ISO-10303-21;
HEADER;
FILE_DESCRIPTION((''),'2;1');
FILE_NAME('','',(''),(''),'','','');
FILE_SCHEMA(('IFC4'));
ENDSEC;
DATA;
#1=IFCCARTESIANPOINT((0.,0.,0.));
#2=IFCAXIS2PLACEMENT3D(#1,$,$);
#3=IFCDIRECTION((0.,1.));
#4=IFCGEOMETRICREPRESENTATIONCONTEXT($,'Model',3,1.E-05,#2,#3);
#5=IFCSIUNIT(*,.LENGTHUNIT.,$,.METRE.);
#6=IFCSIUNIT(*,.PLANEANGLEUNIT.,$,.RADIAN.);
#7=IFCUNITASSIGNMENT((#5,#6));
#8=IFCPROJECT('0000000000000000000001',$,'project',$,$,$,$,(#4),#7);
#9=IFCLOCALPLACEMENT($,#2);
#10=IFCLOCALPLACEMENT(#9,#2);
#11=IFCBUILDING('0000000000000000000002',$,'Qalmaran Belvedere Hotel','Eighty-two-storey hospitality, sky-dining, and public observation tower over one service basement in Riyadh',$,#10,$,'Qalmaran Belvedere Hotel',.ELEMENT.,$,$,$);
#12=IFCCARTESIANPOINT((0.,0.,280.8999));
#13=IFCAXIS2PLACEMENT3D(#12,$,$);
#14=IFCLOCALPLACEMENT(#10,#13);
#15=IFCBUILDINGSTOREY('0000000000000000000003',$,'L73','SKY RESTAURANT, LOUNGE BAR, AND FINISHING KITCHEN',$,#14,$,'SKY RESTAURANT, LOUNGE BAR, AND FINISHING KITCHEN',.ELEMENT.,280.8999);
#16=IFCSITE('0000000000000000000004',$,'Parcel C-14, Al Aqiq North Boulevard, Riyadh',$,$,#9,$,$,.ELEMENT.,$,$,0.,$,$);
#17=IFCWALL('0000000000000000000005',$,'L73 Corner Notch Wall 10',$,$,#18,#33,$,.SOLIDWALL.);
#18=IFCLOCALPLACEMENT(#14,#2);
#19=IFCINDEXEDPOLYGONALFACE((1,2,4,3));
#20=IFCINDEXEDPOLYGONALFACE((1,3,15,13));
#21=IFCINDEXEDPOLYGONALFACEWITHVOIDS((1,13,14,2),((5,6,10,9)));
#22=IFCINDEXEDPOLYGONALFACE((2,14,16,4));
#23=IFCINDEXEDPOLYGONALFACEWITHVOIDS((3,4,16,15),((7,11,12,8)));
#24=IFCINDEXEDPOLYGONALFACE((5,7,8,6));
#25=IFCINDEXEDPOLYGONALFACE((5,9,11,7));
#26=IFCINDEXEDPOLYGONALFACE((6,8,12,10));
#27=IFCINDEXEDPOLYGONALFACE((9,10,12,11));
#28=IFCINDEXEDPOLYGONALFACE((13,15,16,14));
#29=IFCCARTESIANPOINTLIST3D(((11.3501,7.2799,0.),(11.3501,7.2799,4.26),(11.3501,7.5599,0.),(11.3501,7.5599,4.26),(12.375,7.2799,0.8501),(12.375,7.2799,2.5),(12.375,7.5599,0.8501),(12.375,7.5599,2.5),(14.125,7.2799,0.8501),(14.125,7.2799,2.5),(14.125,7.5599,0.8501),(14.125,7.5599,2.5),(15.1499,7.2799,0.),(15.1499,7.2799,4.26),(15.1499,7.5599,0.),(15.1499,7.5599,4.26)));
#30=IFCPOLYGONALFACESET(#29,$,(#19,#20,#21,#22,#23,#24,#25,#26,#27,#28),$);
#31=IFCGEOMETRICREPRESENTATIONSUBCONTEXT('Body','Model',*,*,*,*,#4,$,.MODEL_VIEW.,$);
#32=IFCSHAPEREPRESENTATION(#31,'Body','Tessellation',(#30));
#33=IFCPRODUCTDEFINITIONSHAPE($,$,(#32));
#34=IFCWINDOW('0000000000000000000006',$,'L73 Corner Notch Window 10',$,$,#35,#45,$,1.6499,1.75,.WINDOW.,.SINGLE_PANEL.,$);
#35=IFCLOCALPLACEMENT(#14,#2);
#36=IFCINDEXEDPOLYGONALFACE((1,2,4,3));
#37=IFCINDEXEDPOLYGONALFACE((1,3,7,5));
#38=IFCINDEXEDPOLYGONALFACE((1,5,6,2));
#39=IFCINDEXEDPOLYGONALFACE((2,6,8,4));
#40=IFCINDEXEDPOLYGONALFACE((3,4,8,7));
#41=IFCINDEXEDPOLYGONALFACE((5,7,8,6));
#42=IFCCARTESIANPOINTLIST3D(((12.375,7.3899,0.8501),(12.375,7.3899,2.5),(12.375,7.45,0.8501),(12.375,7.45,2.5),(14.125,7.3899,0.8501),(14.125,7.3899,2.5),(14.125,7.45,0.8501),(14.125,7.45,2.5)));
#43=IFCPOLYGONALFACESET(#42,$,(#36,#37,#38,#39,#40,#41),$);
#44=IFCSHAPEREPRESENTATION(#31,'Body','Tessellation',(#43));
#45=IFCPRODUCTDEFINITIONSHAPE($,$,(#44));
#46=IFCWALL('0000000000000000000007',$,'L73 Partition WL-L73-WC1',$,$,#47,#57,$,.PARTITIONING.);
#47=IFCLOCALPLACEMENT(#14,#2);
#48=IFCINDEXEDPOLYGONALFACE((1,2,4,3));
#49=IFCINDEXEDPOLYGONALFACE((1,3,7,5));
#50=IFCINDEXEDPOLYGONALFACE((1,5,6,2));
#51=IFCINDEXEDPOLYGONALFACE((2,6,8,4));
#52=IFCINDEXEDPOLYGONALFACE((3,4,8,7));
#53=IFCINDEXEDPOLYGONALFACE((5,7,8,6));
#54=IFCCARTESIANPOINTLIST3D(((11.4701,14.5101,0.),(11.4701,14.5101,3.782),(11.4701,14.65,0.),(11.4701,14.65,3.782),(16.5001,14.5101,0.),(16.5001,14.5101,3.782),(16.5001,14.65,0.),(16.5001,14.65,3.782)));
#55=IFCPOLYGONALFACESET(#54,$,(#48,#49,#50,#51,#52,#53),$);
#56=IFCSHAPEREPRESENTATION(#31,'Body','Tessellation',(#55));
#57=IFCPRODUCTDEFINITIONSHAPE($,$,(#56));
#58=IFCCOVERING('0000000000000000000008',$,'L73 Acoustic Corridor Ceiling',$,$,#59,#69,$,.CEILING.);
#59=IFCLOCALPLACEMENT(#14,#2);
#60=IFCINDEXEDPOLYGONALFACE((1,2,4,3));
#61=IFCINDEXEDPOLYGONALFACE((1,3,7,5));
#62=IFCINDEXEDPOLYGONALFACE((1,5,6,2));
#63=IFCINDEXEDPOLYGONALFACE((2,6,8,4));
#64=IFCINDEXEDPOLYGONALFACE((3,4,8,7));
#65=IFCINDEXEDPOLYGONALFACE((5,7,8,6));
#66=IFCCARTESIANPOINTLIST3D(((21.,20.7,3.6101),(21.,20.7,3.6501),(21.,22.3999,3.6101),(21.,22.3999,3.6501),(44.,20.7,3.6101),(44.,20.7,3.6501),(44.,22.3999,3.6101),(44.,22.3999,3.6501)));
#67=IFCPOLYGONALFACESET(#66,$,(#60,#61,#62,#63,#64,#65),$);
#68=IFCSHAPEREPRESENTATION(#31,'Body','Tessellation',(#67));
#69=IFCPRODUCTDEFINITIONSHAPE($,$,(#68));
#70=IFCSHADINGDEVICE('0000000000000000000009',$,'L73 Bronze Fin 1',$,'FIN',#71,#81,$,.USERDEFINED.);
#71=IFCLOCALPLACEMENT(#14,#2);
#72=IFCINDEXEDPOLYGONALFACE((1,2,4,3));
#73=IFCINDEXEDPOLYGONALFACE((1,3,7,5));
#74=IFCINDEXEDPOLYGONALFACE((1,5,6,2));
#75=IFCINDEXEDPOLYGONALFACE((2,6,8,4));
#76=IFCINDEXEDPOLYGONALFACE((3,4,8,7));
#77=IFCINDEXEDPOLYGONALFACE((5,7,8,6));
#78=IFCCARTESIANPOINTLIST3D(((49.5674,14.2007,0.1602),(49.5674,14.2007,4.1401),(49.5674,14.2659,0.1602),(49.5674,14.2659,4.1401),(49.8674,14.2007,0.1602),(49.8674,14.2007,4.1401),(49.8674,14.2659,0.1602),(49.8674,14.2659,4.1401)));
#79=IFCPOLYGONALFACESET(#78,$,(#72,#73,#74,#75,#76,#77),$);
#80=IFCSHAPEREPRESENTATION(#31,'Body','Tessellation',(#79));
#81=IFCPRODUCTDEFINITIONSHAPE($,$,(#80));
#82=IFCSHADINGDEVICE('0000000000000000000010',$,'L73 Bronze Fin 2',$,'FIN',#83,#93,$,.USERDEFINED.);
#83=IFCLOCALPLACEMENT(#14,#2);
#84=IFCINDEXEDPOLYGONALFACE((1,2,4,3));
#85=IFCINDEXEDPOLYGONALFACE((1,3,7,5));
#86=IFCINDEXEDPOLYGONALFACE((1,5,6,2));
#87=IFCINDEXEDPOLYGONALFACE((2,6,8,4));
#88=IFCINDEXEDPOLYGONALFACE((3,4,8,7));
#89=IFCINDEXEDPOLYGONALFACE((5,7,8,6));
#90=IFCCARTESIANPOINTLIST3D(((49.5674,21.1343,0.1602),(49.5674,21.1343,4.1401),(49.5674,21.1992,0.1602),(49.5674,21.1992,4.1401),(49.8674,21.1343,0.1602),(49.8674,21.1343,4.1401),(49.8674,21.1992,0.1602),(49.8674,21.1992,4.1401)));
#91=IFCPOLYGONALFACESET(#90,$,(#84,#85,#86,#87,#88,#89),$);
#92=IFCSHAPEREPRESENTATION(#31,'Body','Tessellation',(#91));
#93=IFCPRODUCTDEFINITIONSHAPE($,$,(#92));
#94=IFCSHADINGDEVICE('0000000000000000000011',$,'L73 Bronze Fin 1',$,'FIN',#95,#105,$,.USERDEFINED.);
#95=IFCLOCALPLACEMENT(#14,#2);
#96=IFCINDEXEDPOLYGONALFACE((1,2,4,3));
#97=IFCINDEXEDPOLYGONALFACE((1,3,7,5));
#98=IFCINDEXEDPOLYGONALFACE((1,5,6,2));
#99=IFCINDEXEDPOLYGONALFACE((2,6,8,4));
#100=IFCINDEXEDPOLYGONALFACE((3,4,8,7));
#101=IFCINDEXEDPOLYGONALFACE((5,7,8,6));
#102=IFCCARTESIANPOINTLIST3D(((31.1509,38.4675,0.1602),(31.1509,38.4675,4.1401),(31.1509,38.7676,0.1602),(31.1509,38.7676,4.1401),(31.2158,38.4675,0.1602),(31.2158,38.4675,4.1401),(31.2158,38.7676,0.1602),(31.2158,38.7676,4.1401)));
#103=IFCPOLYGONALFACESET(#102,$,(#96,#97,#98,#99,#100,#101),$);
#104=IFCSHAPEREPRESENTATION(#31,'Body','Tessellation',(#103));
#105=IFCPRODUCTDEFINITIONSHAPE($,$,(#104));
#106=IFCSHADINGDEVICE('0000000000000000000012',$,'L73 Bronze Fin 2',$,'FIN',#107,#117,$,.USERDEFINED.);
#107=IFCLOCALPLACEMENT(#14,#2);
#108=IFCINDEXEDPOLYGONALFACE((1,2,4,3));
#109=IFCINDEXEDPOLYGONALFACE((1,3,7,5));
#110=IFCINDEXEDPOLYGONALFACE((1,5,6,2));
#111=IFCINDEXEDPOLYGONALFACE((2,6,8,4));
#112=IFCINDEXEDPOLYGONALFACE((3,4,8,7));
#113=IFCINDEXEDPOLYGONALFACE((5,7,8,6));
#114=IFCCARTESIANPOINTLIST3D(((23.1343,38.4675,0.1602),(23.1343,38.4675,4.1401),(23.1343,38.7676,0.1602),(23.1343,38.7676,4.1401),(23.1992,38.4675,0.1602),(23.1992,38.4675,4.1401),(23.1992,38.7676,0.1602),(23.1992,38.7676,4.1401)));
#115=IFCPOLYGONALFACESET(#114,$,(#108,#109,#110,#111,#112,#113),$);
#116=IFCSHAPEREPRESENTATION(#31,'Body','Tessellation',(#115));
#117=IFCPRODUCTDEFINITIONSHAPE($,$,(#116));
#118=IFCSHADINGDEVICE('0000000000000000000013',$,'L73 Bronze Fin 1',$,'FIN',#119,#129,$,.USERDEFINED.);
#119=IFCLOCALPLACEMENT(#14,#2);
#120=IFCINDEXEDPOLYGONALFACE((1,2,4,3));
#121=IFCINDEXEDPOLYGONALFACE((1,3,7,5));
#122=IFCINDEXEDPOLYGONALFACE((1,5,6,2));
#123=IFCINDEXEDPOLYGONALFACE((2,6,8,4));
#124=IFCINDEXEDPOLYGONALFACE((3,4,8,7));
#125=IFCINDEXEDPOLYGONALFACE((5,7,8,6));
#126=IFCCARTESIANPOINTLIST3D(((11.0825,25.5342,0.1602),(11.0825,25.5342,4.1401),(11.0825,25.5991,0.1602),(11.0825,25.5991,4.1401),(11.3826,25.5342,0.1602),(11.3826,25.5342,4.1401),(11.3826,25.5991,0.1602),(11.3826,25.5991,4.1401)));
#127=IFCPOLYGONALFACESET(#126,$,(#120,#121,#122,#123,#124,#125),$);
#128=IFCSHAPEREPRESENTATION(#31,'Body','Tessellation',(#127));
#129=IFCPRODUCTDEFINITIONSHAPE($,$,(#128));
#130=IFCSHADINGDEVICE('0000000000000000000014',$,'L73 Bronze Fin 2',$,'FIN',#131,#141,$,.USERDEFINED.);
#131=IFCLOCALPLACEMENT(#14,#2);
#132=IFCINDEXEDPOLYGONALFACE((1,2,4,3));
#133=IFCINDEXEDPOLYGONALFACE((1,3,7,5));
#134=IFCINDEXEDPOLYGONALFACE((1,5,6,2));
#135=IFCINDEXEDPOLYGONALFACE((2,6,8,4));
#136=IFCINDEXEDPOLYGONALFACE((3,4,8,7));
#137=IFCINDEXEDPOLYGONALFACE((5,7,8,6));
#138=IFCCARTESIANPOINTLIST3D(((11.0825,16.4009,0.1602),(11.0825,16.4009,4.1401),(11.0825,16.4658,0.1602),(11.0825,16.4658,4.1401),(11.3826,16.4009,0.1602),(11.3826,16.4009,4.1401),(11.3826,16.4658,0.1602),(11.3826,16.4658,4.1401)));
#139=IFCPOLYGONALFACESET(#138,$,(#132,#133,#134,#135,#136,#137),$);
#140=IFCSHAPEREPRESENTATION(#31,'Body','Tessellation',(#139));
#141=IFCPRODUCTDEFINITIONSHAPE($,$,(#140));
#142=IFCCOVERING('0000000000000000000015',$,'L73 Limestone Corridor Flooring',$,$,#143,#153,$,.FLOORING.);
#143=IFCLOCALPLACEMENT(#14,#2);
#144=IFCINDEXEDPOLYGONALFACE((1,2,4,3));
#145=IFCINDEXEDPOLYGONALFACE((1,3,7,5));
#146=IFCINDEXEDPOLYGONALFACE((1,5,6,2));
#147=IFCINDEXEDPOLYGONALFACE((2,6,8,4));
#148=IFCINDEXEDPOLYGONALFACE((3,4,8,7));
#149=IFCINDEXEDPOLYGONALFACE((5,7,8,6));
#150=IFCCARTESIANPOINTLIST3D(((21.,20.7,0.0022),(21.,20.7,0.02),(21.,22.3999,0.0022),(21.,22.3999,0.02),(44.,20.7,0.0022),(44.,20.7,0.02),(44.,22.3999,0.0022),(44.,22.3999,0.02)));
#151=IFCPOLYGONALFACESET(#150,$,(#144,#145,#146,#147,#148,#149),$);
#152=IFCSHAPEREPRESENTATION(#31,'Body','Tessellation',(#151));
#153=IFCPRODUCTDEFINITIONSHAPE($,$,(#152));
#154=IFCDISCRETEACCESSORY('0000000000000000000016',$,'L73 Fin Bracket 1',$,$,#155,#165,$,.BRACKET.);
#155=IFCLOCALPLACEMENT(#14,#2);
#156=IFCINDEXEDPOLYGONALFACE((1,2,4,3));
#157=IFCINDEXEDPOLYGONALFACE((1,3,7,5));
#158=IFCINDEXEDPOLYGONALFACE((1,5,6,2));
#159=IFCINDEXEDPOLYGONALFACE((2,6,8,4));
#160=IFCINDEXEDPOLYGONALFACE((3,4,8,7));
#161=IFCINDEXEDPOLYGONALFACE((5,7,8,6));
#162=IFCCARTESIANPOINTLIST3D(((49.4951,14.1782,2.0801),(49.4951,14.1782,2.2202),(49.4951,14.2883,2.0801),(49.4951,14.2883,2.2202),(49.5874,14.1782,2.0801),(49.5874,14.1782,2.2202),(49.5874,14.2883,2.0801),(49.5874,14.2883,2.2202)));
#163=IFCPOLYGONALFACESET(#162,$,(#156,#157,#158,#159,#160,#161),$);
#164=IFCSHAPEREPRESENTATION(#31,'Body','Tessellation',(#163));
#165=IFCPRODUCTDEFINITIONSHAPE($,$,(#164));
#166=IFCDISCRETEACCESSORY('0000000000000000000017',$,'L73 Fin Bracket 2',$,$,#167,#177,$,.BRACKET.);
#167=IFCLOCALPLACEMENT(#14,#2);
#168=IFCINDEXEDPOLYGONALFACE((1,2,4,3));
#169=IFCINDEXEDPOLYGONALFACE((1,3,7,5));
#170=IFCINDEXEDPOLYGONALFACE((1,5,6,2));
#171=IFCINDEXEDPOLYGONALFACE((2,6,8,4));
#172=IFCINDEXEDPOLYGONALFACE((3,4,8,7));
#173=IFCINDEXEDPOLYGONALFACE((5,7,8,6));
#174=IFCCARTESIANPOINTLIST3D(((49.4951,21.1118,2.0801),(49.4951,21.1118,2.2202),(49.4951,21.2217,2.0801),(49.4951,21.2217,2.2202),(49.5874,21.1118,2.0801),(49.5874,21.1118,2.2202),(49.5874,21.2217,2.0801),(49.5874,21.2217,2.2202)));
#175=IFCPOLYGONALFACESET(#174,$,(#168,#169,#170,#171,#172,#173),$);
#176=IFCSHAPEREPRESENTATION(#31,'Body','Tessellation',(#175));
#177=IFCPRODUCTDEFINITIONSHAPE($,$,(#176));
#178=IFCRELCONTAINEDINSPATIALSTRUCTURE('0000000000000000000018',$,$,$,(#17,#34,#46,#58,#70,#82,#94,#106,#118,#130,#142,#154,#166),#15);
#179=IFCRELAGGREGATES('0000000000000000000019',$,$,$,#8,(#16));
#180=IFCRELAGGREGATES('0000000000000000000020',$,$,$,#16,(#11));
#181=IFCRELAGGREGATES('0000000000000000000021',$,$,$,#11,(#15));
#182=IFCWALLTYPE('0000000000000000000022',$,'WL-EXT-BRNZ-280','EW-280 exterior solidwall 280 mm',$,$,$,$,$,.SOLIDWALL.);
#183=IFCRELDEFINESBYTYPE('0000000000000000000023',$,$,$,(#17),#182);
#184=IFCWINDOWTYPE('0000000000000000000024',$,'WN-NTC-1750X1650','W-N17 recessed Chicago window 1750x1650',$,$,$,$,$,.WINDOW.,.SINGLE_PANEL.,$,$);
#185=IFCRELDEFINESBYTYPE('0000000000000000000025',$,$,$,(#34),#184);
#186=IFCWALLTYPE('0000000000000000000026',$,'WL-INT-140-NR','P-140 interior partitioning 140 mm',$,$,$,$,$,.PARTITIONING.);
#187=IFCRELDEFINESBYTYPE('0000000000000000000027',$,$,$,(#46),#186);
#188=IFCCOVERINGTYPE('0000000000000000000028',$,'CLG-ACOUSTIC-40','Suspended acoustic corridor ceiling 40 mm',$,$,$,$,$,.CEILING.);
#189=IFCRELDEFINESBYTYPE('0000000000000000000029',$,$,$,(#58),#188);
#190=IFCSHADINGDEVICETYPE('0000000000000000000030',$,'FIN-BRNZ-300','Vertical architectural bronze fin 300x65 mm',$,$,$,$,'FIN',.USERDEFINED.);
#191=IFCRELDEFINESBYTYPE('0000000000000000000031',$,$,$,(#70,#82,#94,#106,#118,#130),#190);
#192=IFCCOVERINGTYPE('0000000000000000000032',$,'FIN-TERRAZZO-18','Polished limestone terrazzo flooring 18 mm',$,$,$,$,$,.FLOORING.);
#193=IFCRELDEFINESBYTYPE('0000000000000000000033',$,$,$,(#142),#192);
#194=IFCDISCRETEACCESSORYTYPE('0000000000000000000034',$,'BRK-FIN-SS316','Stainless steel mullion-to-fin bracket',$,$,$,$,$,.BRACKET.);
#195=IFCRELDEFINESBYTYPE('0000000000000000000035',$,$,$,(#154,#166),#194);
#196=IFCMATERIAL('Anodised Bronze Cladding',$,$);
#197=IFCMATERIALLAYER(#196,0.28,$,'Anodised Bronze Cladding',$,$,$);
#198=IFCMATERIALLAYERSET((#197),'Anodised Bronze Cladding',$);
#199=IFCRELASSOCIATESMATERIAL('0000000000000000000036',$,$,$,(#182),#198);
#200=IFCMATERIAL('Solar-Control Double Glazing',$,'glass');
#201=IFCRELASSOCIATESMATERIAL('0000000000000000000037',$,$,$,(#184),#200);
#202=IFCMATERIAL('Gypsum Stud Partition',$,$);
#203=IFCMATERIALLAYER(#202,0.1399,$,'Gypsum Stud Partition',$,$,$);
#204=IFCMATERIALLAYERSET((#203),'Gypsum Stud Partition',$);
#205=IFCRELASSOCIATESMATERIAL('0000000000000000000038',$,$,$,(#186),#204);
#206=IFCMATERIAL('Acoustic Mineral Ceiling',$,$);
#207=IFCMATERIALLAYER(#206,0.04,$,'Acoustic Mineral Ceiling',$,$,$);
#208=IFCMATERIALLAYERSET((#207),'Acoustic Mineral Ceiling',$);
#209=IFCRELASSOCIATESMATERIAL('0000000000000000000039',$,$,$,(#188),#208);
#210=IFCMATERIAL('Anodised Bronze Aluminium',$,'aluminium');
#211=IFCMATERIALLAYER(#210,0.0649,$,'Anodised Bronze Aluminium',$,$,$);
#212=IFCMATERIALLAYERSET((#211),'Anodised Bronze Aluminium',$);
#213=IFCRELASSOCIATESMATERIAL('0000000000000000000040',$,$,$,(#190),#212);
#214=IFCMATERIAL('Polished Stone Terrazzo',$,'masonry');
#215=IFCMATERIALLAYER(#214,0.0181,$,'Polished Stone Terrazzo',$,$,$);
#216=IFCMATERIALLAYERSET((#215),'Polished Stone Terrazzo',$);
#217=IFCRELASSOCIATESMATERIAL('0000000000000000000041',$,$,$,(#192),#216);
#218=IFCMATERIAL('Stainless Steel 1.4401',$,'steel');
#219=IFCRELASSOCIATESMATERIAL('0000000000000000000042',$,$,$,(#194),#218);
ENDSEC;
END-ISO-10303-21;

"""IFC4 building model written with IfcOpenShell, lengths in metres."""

from ifc_helpers import new_model, si_unit, direction, frame, frame_2d, origin, place, context, subcontext, project, spatial, polyline, rectangle, outline, extrude, material, layer, layer_set, type_object, element, fill, save


model = new_model("IFC4")

# Units and contexts
model_context = context("Model", 3, precision=1e-05, world=origin(), true_north=direction((0.0, 1.0)))
body_context = subcontext(model_context, "Body", "Model", "MODEL_VIEW")
ifc_project = project(units=[si_unit("LENGTHUNIT", "METRE"), si_unit("PLANEANGLEUNIT", "RADIAN")], contexts=[model_context])

# Site, building, storey
site_placement = place(None, origin())
site = spatial("IfcSite", under=ifc_project, at=site_placement, Name="Parcel C-14, Al Aqiq North Boulevard, Riyadh", CompositionType="ELEMENT", RefElevation=0.0)
building_placement = place(site_placement, origin())
building = spatial("IfcBuilding", under=site, at=building_placement, Name="Qalmaran Belvedere Hotel", Description="Eighty-two-storey hospitality, sky-dining, and public observation tower over one service basement in Riyadh", LongName="Qalmaran Belvedere Hotel", CompositionType="ELEMENT")
storey_placement = place(building_placement, frame((0.0, 0.0, 280.8999)))
storey = spatial("IfcBuildingStorey", under=building, at=storey_placement, Name="L73", Description="SKY RESTAURANT, LOUNGE BAR, AND FINISHING KITCHEN", LongName="SKY RESTAURANT, LOUNGE BAR, AND FINISHING KITCHEN", CompositionType="ELEMENT", Elevation=280.8999)

# Shared definitions
ifc_material_1 = material(Name="Anodised Bronze Aluminium", Category="aluminium")

# Shared definitions
ifc_material_2 = material(Name="Solar-Control Double Glazing", Category="glass")

# Wall, opening, window
ifc_material_3 = material(Name="Anodised Bronze Cladding")
ifc_layer_1 = layer(ifc_material_3, 0.28, Name="Anodised Bronze Cladding")
ifc_layer_set_1 = layer_set([ifc_layer_1], Name="Anodised Bronze Cladding")
wall_type_1 = type_object("IfcWallType", Name="WL-EXT-BRNZ-280", Description="EW-280 exterior solidwall 280 mm", PredefinedType="SOLIDWALL", material=ifc_layer_set_1)
wall_1_placement = place(storey_placement, frame((11.3501, 7.4199, 0.0), z_axis=(0.0, 0.0, 1.0), x_axis=(1.0, 0.0, 0.0)))
wall_1 = element("IfcWall", 1, at=wall_1_placement, inside=storey, type_object=wall_type_1, Name="L73 Corner Notch Wall 10", PredefinedType="SOLIDWALL", context=body_context, shape_type="SweptSolid", body=[
    extrude(rectangle(XDim=3.7998, YDim=0.28, at=frame_2d((1.8999, 0.0))), origin(), (0.0, 0.0, 1.0), 4.26),
])
opening_placement = place(wall_1_placement, frame((1.0249, 0.0, 0.8501)))
opening = element("IfcOpeningElement", 2, at=opening_placement, cuts=wall_1, PredefinedType="OPENING", context=body_context, shape_type="SweptSolid", body=[
    extrude(rectangle(XDim=1.75, YDim=1.6499, at=frame_2d((0.875, 0.825))), frame((0.0, 0.1499, 0.0), z_axis=(0.0, -1.0, 0.0), x_axis=(1.0, 0.0, 0.0)), (0.0, 0.0, 1.0), 0.3),
])
window_type = type_object("IfcWindowType", Name="WN-NTC-1750X1650", Description="W-N17 recessed Chicago window 1750x1650", PartitioningType="SINGLE_PANEL", PredefinedType="WINDOW", material=ifc_material_2)
window_placement = place(opening_placement, origin())
window = element("IfcWindow", 3, at=window_placement, inside=storey, type_object=window_type, Name="L73 Corner Notch Window 10", OverallHeight=1.6499, OverallWidth=1.75, PartitioningType="SINGLE_PANEL", PredefinedType="WINDOW", context=body_context, shape_type="SweptSolid", body=[
    extrude(rectangle(XDim=1.75, YDim=1.6499, at=frame_2d((0.875, 0.825))), frame((0.0, 0.03, 0.0), z_axis=(0.0, -1.0, 0.0), x_axis=(1.0, 0.0, 0.0)), (0.0, 0.0, 1.0), 0.0601),
])
fill(opening, window)

# Wall
ifc_material_4 = material(Name="Gypsum Stud Partition")
ifc_layer_2 = layer(ifc_material_4, 0.1399, Name="Gypsum Stud Partition")
ifc_layer_set_2 = layer_set([ifc_layer_2], Name="Gypsum Stud Partition")
wall_type_2 = type_object("IfcWallType", Name="WL-INT-140-NR", Description="P-140 interior partitioning 140 mm", PredefinedType="PARTITIONING", material=ifc_layer_set_2)
wall_2_placement = place(storey_placement, frame((11.47, 14.5801, 0.0), z_axis=(0.0, 0.0, 1.0), x_axis=(1.0, 0.0, 0.0)))
element("IfcWall", 4, at=wall_2_placement, inside=storey, type_object=wall_type_2, Name="L73 Partition WL-L73-WC1", PredefinedType="PARTITIONING", context=body_context, shape_type="SweptSolid", body=[
    extrude(rectangle(XDim=5.03, YDim=0.1399, at=frame_2d((2.5151, 0.0))), origin(), (0.0, 0.0, 1.0), 3.782),
])

# Covering
ifc_material_5 = material(Name="Acoustic Mineral Ceiling")
ifc_layer_3 = layer(ifc_material_5, 0.04, Name="Acoustic Mineral Ceiling")
ifc_layer_set_3 = layer_set([ifc_layer_3], Name="Acoustic Mineral Ceiling")
covering_type_1 = type_object("IfcCoveringType", Name="CLG-ACOUSTIC-40", Description="Suspended acoustic corridor ceiling 40 mm", PredefinedType="CEILING", material=ifc_layer_set_3)
covering_1_placement = place(storey_placement, frame((0.0, 0.0, 3.6101)))
element("IfcCovering", 5, at=covering_1_placement, inside=storey, type_object=covering_type_1, Name="L73 Acoustic Corridor Ceiling", PredefinedType="CEILING", context=body_context, shape_type="SweptSolid", body=[
    extrude(outline(polyline([(21.0, 20.7), (44.0, 20.7), (44.0, 22.3999), (21.0, 22.3999), (21.0, 20.7)])), origin(), (0.0, 0.0, 1.0), 0.04),
])

# Shading devices
ifc_layer_4 = layer(ifc_material_1, 0.0649, Name="Anodised Bronze Aluminium")
ifc_layer_set_4 = layer_set([ifc_layer_4], Name="Anodised Bronze Aluminium")
shading_device_type = type_object("IfcShadingDeviceType", Name="FIN-BRNZ-300", Description="Vertical architectural bronze fin 300x65 mm", ElementType="FIN", PredefinedType="USERDEFINED", material=ifc_layer_set_4)
shading_device_1_placement = place(storey_placement, frame((0.0, 0.0, 0.1602)))
element("IfcShadingDevice", 6, at=shading_device_1_placement, inside=storey, type_object=shading_device_type, Name="L73 Bronze Fin 1", ObjectType="FIN", PredefinedType="USERDEFINED", context=body_context, shape_type="SweptSolid", body=[
    extrude(outline(polyline([(49.5674, 14.2007), (49.8674, 14.2007), (49.8674, 14.2659), (49.5674, 14.2659), (49.5674, 14.2007)])), origin(), (0.0, 0.0, 1.0), 3.98),
])
shading_device_2_placement = place(storey_placement, frame((0.0, 0.0, 0.1602)))
element("IfcShadingDevice", 7, at=shading_device_2_placement, inside=storey, type_object=shading_device_type, Name="L73 Bronze Fin 2", ObjectType="FIN", PredefinedType="USERDEFINED", context=body_context, shape_type="SweptSolid", body=[
    extrude(outline(polyline([(49.5674, 21.1343), (49.8674, 21.1343), (49.8674, 21.1992), (49.5674, 21.1992), (49.5674, 21.1343)])), origin(), (0.0, 0.0, 1.0), 3.98),
])
shading_device_3_placement = place(storey_placement, frame((0.0, 0.0, 0.1602)))
element("IfcShadingDevice", 8, at=shading_device_3_placement, inside=storey, type_object=shading_device_type, Name="L73 Bronze Fin 1", ObjectType="FIN", PredefinedType="USERDEFINED", context=body_context, shape_type="SweptSolid", body=[
    extrude(outline(polyline([(31.2158, 38.4675), (31.2158, 38.7676), (31.1509, 38.7676), (31.1509, 38.4675), (31.2158, 38.4675)])), origin(), (0.0, 0.0, 1.0), 3.98),
])
shading_device_4_placement = place(storey_placement, frame((0.0, 0.0, 0.1602)))
element("IfcShadingDevice", 9, at=shading_device_4_placement, inside=storey, type_object=shading_device_type, Name="L73 Bronze Fin 2", ObjectType="FIN", PredefinedType="USERDEFINED", context=body_context, shape_type="SweptSolid", body=[
    extrude(outline(polyline([(23.1992, 38.4675), (23.1992, 38.7676), (23.1343, 38.7676), (23.1343, 38.4675), (23.1992, 38.4675)])), origin(), (0.0, 0.0, 1.0), 3.98),
])
shading_device_5_placement = place(storey_placement, frame((0.0, 0.0, 0.1602)))
element("IfcShadingDevice", 10, at=shading_device_5_placement, inside=storey, type_object=shading_device_type, Name="L73 Bronze Fin 1", ObjectType="FIN", PredefinedType="USERDEFINED", context=body_context, shape_type="SweptSolid", body=[
    extrude(outline(polyline([(11.3826, 25.5991), (11.0825, 25.5991), (11.0825, 25.5342), (11.3826, 25.5342), (11.3826, 25.5991)])), origin(), (0.0, 0.0, 1.0), 3.98),
])
shading_device_6_placement = place(storey_placement, frame((0.0, 0.0, 0.1602)))
element("IfcShadingDevice", 11, at=shading_device_6_placement, inside=storey, type_object=shading_device_type, Name="L73 Bronze Fin 2", ObjectType="FIN", PredefinedType="USERDEFINED", context=body_context, shape_type="SweptSolid", body=[
    extrude(outline(polyline([(11.3826, 16.4658), (11.0825, 16.4658), (11.0825, 16.4009), (11.3826, 16.4009), (11.3826, 16.4658)])), origin(), (0.0, 0.0, 1.0), 3.98),
])

# Covering
ifc_material_6 = material(Name="Polished Stone Terrazzo", Category="masonry")
ifc_layer_5 = layer(ifc_material_6, 0.0181, Name="Polished Stone Terrazzo")
ifc_layer_set_5 = layer_set([ifc_layer_5], Name="Polished Stone Terrazzo")
covering_type_2 = type_object("IfcCoveringType", Name="FIN-TERRAZZO-18", Description="Polished limestone terrazzo flooring 18 mm", PredefinedType="FLOORING", material=ifc_layer_set_5)
covering_2_placement = place(storey_placement, frame((0.0, 0.0, 0.0022)))
element("IfcCovering", 12, at=covering_2_placement, inside=storey, type_object=covering_type_2, Name="L73 Limestone Corridor Flooring", PredefinedType="FLOORING", context=body_context, shape_type="SweptSolid", body=[
    extrude(outline(polyline([(21.0, 20.7), (44.0, 20.7), (44.0, 22.3999), (21.0, 22.3999), (21.0, 20.7)])), origin(), (0.0, 0.0, 1.0), 0.0178),
])

# Discrete accessories
ifc_material_7 = material(Name="Stainless Steel 1.4401", Category="steel")
discrete_accessory_type = type_object("IfcDiscreteAccessoryType", Name="BRK-FIN-SS316", Description="Stainless steel mullion-to-fin bracket", PredefinedType="BRACKET", material=ifc_material_7)
discrete_accessory_1_placement = place(storey_placement, frame((0.0, 0.0, 2.0801)))
element("IfcDiscreteAccessory", 13, at=discrete_accessory_1_placement, inside=storey, type_object=discrete_accessory_type, Name="L73 Fin Bracket 1", PredefinedType="BRACKET", context=body_context, shape_type="SweptSolid", body=[
    extrude(outline(polyline([(49.4951, 14.1782), (49.5874, 14.1782), (49.5874, 14.2883), (49.4951, 14.2883), (49.4951, 14.1782)])), origin(), (0.0, 0.0, 1.0), 0.1401),
])
discrete_accessory_2_placement = place(storey_placement, frame((0.0, 0.0, 2.0801)))
element("IfcDiscreteAccessory", 14, at=discrete_accessory_2_placement, inside=storey, type_object=discrete_accessory_type, Name="L73 Fin Bracket 2", PredefinedType="BRACKET", context=body_context, shape_type="SweptSolid", body=[
    extrude(outline(polyline([(49.4951, 21.1118), (49.5874, 21.1118), (49.5874, 21.2217), (49.4951, 21.2217), (49.4951, 21.1118)])), origin(), (0.0, 0.0, 1.0), 0.1401),
])

save(model, "model.ifc")
